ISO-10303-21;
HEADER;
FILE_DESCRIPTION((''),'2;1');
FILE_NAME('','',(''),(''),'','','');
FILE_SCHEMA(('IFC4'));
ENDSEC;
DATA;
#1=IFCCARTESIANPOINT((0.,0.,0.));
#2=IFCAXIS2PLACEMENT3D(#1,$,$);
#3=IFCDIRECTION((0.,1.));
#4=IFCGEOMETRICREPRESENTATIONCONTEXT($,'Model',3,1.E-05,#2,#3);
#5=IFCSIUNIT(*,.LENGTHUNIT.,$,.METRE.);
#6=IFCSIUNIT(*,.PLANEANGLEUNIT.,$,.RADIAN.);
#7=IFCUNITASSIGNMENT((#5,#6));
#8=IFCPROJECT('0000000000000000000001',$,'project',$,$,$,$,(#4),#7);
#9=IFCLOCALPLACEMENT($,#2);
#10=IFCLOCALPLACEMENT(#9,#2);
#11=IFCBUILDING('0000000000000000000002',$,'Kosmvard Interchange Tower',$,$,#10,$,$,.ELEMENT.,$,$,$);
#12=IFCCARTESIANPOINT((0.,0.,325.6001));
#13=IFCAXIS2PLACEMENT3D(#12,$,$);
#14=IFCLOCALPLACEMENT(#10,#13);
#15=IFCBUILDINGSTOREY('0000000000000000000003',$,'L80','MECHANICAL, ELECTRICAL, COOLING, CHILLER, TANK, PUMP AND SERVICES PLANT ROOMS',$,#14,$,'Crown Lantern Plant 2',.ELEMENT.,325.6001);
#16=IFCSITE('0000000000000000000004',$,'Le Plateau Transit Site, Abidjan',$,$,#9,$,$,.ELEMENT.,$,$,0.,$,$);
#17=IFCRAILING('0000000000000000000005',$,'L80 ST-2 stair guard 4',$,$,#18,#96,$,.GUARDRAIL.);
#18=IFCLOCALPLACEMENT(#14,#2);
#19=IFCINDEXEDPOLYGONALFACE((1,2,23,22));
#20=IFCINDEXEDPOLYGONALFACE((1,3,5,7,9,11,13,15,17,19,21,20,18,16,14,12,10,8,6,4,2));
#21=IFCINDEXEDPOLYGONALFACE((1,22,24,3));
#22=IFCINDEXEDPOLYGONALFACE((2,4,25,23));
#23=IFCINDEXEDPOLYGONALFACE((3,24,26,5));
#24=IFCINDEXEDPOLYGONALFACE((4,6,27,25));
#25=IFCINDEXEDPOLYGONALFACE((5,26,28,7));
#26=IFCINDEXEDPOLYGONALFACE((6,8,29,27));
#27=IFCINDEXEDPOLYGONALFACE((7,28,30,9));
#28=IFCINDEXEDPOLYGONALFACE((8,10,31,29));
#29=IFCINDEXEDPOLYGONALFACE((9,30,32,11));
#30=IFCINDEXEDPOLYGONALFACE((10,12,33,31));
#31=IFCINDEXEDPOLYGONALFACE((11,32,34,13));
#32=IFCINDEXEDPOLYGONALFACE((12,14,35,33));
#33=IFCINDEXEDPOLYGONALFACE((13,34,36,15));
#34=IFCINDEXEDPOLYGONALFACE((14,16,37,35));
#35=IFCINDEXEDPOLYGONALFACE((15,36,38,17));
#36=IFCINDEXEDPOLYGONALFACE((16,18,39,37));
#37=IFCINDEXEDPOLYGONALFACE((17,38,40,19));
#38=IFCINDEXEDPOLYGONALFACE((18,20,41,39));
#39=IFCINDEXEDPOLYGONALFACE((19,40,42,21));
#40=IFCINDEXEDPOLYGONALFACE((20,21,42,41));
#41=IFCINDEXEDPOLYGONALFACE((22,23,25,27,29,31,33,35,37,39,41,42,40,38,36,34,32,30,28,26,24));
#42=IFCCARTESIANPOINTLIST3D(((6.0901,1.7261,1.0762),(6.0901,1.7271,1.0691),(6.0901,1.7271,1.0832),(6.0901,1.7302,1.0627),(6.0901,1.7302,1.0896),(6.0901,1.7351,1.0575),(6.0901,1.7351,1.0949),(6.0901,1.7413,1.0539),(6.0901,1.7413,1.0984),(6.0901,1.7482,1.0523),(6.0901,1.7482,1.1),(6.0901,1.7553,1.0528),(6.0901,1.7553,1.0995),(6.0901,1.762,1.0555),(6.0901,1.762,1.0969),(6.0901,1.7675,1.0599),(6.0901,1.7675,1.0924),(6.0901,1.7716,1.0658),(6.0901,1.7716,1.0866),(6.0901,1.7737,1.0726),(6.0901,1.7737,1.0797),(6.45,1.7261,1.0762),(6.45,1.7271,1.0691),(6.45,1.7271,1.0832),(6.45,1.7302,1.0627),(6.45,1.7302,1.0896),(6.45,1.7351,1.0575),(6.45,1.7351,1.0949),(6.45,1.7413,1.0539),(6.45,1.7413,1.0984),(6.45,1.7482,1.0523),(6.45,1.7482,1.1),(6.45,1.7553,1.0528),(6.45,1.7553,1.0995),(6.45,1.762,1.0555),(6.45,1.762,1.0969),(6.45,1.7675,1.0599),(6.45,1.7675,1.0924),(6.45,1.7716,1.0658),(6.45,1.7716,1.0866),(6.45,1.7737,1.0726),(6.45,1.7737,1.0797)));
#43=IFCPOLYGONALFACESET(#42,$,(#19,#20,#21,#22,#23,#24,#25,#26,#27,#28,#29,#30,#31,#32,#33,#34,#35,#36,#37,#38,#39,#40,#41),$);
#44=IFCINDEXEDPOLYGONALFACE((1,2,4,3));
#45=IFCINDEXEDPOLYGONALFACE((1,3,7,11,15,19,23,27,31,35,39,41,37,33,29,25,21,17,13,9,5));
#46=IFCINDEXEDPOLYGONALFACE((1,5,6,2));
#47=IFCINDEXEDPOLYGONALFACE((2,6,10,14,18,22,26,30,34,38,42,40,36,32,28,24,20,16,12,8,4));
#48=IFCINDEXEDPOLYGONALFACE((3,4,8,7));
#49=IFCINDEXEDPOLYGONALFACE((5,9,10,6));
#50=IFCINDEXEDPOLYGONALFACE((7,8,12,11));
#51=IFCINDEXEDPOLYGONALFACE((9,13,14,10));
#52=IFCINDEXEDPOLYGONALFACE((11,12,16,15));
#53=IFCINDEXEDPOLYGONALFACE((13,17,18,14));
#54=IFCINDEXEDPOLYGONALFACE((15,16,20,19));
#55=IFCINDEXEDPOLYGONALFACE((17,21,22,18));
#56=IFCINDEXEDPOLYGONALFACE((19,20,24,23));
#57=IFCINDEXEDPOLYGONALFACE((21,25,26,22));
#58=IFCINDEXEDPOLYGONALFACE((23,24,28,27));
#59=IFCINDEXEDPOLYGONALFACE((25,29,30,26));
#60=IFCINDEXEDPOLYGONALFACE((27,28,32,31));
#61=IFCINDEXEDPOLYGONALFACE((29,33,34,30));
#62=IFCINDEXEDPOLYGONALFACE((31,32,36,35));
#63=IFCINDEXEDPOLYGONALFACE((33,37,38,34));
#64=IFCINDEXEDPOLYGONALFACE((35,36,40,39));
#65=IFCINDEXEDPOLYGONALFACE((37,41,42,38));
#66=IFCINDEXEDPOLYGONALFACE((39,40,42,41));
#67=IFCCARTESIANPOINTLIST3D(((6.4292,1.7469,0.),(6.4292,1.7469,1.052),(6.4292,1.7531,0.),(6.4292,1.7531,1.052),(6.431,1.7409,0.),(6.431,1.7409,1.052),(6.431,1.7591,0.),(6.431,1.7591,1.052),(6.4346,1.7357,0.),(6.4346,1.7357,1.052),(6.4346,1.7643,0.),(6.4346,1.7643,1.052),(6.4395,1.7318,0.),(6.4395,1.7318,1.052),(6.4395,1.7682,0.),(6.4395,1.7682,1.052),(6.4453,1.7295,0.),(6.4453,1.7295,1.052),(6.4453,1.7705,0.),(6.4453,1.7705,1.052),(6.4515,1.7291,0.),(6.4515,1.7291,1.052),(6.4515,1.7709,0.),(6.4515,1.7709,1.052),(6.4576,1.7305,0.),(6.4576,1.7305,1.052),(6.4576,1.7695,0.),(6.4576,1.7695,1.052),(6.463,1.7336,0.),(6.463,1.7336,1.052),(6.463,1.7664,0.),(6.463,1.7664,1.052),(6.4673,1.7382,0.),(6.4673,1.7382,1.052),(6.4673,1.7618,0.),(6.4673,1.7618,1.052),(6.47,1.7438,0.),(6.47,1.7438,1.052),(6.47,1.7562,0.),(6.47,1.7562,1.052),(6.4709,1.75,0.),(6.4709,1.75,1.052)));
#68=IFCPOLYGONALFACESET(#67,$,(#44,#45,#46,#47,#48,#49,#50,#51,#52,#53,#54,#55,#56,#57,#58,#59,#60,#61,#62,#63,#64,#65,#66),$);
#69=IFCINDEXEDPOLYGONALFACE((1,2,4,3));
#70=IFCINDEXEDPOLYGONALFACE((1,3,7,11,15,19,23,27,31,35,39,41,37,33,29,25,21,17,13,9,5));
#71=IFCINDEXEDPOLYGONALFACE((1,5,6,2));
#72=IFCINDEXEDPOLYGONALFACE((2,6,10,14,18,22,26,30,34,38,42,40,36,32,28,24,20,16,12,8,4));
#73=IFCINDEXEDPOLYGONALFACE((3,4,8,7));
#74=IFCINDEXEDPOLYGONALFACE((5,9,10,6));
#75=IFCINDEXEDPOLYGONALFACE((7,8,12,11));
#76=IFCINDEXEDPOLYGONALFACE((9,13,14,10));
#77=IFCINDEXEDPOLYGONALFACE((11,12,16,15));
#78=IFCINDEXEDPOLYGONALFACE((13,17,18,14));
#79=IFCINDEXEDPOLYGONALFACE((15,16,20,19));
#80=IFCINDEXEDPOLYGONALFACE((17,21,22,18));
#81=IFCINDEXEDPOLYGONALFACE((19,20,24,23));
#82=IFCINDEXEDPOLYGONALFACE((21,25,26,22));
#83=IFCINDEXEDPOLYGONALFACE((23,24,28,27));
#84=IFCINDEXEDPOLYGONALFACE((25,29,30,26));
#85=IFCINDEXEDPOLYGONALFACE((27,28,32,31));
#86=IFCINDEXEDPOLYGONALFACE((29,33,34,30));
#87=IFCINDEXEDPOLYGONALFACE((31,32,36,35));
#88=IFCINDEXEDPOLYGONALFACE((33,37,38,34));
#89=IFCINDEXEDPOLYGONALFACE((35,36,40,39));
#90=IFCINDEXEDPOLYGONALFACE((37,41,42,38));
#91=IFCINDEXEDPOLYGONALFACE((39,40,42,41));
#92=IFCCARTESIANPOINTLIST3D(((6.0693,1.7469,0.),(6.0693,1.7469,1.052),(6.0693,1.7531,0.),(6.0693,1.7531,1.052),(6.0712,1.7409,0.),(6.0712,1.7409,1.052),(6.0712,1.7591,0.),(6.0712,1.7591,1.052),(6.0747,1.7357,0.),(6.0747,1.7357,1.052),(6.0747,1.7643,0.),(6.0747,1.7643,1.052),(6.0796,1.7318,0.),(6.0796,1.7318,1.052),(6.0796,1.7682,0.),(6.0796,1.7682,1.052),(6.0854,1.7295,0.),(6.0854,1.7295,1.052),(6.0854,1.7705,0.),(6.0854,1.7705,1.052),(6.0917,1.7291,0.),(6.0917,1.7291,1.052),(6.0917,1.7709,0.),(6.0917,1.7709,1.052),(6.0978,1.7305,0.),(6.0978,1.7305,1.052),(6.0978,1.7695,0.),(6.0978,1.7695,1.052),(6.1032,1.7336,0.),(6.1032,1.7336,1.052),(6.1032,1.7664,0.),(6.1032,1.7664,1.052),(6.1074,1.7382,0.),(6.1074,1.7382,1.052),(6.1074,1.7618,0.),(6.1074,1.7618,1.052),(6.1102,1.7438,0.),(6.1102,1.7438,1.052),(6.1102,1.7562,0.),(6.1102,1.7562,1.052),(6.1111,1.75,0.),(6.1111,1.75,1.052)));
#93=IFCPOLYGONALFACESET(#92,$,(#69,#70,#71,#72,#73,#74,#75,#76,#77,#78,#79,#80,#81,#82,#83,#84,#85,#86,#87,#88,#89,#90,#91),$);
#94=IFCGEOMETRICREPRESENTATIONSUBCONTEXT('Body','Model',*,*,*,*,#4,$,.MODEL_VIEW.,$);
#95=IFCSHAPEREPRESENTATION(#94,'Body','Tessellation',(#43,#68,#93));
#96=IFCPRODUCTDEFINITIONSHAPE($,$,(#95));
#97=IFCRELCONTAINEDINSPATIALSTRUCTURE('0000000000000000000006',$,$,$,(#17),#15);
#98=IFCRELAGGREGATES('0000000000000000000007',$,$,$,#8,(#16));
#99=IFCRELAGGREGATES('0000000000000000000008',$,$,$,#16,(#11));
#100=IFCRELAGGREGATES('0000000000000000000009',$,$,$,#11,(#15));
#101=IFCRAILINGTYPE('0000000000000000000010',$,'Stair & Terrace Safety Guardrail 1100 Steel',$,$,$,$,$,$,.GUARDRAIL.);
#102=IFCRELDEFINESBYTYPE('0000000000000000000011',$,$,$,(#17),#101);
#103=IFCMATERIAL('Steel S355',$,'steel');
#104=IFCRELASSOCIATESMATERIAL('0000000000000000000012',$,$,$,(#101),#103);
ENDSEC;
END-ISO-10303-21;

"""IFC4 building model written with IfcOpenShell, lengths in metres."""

from ifc_helpers import new_model, si_unit, direction, frame, origin, origin_2d, place, context, subcontext, project, spatial, circle, extrude, source, transform, mapped, material, type_object, element, save


model = new_model("IFC4")

# Units and contexts
model_context = context("Model", 3, precision=1e-05, world=origin(), true_north=direction((0.0, 1.0)))
body_context = subcontext(model_context, "Body", "Model", "MODEL_VIEW")
ifc_project = project(units=[si_unit("LENGTHUNIT", "METRE"), si_unit("PLANEANGLEUNIT", "RADIAN")], contexts=[model_context])

# Site, building, storey
site_placement = place(None, origin())
site = spatial("IfcSite", under=ifc_project, at=site_placement, Name="Le Plateau Transit Site, Abidjan", CompositionType="ELEMENT", RefElevation=0.0)
building_placement = place(site_placement, origin())
building = spatial("IfcBuilding", under=site, at=building_placement, Name="Kosmvard Interchange Tower", CompositionType="ELEMENT")
storey_placement = place(building_placement, frame((0.0, 0.0, 325.6001)))
storey = spatial("IfcBuildingStorey", under=building, at=storey_placement, Name="L80", Description="MECHANICAL, ELECTRICAL, COOLING, CHILLER, TANK, PUMP AND SERVICES PLANT ROOMS", LongName="Crown Lantern Plant 2", CompositionType="ELEMENT", Elevation=325.6001)

# Shared definitions
ifc_material_1 = material(Name="Steel S355", Category="steel")

# Railing
railing_type_1 = type_object("IfcRailingType", Name="Stair & Terrace Safety Guardrail 1100 Steel", PredefinedType="GUARDRAIL", material=ifc_material_1)
shared_shape_1 = source(origin(), body_context, "Body", "SweptSolid", [
    extrude(circle(Radius=0.0239, at=origin_2d()), frame((0.0, 0.0, 1.0762), z_axis=(-1.0, 0.0, 0.0), x_axis=(0.0, -1.0, 0.0)), (0.0, 0.0, 1.0), 0.3599),
    extrude(circle(Radius=0.021, at=origin_2d()), origin(), (0.0, 0.0, 1.0), 1.052),
    extrude(circle(Radius=0.021, at=origin_2d()), frame((-0.3599, 0.0, 0.0)), (0.0, 0.0, 1.0), 1.052),
])
for number, where, name in (
    (1, (6.45, 1.75, 0.0), "L80 ST-2 stair guard 4"),
):
    element("IfcRailing", number, at=place(storey_placement, frame(where)), inside=storey, type_object=railing_type_1, Name=name, PredefinedType="GUARDRAIL", context=body_context, shape_type="MappedRepresentation", body=[
        mapped(shared_shape_1, transform((0.0, 0.0, 0.0), scale=1.0)),
    ])

save(model, "model.ifc")
